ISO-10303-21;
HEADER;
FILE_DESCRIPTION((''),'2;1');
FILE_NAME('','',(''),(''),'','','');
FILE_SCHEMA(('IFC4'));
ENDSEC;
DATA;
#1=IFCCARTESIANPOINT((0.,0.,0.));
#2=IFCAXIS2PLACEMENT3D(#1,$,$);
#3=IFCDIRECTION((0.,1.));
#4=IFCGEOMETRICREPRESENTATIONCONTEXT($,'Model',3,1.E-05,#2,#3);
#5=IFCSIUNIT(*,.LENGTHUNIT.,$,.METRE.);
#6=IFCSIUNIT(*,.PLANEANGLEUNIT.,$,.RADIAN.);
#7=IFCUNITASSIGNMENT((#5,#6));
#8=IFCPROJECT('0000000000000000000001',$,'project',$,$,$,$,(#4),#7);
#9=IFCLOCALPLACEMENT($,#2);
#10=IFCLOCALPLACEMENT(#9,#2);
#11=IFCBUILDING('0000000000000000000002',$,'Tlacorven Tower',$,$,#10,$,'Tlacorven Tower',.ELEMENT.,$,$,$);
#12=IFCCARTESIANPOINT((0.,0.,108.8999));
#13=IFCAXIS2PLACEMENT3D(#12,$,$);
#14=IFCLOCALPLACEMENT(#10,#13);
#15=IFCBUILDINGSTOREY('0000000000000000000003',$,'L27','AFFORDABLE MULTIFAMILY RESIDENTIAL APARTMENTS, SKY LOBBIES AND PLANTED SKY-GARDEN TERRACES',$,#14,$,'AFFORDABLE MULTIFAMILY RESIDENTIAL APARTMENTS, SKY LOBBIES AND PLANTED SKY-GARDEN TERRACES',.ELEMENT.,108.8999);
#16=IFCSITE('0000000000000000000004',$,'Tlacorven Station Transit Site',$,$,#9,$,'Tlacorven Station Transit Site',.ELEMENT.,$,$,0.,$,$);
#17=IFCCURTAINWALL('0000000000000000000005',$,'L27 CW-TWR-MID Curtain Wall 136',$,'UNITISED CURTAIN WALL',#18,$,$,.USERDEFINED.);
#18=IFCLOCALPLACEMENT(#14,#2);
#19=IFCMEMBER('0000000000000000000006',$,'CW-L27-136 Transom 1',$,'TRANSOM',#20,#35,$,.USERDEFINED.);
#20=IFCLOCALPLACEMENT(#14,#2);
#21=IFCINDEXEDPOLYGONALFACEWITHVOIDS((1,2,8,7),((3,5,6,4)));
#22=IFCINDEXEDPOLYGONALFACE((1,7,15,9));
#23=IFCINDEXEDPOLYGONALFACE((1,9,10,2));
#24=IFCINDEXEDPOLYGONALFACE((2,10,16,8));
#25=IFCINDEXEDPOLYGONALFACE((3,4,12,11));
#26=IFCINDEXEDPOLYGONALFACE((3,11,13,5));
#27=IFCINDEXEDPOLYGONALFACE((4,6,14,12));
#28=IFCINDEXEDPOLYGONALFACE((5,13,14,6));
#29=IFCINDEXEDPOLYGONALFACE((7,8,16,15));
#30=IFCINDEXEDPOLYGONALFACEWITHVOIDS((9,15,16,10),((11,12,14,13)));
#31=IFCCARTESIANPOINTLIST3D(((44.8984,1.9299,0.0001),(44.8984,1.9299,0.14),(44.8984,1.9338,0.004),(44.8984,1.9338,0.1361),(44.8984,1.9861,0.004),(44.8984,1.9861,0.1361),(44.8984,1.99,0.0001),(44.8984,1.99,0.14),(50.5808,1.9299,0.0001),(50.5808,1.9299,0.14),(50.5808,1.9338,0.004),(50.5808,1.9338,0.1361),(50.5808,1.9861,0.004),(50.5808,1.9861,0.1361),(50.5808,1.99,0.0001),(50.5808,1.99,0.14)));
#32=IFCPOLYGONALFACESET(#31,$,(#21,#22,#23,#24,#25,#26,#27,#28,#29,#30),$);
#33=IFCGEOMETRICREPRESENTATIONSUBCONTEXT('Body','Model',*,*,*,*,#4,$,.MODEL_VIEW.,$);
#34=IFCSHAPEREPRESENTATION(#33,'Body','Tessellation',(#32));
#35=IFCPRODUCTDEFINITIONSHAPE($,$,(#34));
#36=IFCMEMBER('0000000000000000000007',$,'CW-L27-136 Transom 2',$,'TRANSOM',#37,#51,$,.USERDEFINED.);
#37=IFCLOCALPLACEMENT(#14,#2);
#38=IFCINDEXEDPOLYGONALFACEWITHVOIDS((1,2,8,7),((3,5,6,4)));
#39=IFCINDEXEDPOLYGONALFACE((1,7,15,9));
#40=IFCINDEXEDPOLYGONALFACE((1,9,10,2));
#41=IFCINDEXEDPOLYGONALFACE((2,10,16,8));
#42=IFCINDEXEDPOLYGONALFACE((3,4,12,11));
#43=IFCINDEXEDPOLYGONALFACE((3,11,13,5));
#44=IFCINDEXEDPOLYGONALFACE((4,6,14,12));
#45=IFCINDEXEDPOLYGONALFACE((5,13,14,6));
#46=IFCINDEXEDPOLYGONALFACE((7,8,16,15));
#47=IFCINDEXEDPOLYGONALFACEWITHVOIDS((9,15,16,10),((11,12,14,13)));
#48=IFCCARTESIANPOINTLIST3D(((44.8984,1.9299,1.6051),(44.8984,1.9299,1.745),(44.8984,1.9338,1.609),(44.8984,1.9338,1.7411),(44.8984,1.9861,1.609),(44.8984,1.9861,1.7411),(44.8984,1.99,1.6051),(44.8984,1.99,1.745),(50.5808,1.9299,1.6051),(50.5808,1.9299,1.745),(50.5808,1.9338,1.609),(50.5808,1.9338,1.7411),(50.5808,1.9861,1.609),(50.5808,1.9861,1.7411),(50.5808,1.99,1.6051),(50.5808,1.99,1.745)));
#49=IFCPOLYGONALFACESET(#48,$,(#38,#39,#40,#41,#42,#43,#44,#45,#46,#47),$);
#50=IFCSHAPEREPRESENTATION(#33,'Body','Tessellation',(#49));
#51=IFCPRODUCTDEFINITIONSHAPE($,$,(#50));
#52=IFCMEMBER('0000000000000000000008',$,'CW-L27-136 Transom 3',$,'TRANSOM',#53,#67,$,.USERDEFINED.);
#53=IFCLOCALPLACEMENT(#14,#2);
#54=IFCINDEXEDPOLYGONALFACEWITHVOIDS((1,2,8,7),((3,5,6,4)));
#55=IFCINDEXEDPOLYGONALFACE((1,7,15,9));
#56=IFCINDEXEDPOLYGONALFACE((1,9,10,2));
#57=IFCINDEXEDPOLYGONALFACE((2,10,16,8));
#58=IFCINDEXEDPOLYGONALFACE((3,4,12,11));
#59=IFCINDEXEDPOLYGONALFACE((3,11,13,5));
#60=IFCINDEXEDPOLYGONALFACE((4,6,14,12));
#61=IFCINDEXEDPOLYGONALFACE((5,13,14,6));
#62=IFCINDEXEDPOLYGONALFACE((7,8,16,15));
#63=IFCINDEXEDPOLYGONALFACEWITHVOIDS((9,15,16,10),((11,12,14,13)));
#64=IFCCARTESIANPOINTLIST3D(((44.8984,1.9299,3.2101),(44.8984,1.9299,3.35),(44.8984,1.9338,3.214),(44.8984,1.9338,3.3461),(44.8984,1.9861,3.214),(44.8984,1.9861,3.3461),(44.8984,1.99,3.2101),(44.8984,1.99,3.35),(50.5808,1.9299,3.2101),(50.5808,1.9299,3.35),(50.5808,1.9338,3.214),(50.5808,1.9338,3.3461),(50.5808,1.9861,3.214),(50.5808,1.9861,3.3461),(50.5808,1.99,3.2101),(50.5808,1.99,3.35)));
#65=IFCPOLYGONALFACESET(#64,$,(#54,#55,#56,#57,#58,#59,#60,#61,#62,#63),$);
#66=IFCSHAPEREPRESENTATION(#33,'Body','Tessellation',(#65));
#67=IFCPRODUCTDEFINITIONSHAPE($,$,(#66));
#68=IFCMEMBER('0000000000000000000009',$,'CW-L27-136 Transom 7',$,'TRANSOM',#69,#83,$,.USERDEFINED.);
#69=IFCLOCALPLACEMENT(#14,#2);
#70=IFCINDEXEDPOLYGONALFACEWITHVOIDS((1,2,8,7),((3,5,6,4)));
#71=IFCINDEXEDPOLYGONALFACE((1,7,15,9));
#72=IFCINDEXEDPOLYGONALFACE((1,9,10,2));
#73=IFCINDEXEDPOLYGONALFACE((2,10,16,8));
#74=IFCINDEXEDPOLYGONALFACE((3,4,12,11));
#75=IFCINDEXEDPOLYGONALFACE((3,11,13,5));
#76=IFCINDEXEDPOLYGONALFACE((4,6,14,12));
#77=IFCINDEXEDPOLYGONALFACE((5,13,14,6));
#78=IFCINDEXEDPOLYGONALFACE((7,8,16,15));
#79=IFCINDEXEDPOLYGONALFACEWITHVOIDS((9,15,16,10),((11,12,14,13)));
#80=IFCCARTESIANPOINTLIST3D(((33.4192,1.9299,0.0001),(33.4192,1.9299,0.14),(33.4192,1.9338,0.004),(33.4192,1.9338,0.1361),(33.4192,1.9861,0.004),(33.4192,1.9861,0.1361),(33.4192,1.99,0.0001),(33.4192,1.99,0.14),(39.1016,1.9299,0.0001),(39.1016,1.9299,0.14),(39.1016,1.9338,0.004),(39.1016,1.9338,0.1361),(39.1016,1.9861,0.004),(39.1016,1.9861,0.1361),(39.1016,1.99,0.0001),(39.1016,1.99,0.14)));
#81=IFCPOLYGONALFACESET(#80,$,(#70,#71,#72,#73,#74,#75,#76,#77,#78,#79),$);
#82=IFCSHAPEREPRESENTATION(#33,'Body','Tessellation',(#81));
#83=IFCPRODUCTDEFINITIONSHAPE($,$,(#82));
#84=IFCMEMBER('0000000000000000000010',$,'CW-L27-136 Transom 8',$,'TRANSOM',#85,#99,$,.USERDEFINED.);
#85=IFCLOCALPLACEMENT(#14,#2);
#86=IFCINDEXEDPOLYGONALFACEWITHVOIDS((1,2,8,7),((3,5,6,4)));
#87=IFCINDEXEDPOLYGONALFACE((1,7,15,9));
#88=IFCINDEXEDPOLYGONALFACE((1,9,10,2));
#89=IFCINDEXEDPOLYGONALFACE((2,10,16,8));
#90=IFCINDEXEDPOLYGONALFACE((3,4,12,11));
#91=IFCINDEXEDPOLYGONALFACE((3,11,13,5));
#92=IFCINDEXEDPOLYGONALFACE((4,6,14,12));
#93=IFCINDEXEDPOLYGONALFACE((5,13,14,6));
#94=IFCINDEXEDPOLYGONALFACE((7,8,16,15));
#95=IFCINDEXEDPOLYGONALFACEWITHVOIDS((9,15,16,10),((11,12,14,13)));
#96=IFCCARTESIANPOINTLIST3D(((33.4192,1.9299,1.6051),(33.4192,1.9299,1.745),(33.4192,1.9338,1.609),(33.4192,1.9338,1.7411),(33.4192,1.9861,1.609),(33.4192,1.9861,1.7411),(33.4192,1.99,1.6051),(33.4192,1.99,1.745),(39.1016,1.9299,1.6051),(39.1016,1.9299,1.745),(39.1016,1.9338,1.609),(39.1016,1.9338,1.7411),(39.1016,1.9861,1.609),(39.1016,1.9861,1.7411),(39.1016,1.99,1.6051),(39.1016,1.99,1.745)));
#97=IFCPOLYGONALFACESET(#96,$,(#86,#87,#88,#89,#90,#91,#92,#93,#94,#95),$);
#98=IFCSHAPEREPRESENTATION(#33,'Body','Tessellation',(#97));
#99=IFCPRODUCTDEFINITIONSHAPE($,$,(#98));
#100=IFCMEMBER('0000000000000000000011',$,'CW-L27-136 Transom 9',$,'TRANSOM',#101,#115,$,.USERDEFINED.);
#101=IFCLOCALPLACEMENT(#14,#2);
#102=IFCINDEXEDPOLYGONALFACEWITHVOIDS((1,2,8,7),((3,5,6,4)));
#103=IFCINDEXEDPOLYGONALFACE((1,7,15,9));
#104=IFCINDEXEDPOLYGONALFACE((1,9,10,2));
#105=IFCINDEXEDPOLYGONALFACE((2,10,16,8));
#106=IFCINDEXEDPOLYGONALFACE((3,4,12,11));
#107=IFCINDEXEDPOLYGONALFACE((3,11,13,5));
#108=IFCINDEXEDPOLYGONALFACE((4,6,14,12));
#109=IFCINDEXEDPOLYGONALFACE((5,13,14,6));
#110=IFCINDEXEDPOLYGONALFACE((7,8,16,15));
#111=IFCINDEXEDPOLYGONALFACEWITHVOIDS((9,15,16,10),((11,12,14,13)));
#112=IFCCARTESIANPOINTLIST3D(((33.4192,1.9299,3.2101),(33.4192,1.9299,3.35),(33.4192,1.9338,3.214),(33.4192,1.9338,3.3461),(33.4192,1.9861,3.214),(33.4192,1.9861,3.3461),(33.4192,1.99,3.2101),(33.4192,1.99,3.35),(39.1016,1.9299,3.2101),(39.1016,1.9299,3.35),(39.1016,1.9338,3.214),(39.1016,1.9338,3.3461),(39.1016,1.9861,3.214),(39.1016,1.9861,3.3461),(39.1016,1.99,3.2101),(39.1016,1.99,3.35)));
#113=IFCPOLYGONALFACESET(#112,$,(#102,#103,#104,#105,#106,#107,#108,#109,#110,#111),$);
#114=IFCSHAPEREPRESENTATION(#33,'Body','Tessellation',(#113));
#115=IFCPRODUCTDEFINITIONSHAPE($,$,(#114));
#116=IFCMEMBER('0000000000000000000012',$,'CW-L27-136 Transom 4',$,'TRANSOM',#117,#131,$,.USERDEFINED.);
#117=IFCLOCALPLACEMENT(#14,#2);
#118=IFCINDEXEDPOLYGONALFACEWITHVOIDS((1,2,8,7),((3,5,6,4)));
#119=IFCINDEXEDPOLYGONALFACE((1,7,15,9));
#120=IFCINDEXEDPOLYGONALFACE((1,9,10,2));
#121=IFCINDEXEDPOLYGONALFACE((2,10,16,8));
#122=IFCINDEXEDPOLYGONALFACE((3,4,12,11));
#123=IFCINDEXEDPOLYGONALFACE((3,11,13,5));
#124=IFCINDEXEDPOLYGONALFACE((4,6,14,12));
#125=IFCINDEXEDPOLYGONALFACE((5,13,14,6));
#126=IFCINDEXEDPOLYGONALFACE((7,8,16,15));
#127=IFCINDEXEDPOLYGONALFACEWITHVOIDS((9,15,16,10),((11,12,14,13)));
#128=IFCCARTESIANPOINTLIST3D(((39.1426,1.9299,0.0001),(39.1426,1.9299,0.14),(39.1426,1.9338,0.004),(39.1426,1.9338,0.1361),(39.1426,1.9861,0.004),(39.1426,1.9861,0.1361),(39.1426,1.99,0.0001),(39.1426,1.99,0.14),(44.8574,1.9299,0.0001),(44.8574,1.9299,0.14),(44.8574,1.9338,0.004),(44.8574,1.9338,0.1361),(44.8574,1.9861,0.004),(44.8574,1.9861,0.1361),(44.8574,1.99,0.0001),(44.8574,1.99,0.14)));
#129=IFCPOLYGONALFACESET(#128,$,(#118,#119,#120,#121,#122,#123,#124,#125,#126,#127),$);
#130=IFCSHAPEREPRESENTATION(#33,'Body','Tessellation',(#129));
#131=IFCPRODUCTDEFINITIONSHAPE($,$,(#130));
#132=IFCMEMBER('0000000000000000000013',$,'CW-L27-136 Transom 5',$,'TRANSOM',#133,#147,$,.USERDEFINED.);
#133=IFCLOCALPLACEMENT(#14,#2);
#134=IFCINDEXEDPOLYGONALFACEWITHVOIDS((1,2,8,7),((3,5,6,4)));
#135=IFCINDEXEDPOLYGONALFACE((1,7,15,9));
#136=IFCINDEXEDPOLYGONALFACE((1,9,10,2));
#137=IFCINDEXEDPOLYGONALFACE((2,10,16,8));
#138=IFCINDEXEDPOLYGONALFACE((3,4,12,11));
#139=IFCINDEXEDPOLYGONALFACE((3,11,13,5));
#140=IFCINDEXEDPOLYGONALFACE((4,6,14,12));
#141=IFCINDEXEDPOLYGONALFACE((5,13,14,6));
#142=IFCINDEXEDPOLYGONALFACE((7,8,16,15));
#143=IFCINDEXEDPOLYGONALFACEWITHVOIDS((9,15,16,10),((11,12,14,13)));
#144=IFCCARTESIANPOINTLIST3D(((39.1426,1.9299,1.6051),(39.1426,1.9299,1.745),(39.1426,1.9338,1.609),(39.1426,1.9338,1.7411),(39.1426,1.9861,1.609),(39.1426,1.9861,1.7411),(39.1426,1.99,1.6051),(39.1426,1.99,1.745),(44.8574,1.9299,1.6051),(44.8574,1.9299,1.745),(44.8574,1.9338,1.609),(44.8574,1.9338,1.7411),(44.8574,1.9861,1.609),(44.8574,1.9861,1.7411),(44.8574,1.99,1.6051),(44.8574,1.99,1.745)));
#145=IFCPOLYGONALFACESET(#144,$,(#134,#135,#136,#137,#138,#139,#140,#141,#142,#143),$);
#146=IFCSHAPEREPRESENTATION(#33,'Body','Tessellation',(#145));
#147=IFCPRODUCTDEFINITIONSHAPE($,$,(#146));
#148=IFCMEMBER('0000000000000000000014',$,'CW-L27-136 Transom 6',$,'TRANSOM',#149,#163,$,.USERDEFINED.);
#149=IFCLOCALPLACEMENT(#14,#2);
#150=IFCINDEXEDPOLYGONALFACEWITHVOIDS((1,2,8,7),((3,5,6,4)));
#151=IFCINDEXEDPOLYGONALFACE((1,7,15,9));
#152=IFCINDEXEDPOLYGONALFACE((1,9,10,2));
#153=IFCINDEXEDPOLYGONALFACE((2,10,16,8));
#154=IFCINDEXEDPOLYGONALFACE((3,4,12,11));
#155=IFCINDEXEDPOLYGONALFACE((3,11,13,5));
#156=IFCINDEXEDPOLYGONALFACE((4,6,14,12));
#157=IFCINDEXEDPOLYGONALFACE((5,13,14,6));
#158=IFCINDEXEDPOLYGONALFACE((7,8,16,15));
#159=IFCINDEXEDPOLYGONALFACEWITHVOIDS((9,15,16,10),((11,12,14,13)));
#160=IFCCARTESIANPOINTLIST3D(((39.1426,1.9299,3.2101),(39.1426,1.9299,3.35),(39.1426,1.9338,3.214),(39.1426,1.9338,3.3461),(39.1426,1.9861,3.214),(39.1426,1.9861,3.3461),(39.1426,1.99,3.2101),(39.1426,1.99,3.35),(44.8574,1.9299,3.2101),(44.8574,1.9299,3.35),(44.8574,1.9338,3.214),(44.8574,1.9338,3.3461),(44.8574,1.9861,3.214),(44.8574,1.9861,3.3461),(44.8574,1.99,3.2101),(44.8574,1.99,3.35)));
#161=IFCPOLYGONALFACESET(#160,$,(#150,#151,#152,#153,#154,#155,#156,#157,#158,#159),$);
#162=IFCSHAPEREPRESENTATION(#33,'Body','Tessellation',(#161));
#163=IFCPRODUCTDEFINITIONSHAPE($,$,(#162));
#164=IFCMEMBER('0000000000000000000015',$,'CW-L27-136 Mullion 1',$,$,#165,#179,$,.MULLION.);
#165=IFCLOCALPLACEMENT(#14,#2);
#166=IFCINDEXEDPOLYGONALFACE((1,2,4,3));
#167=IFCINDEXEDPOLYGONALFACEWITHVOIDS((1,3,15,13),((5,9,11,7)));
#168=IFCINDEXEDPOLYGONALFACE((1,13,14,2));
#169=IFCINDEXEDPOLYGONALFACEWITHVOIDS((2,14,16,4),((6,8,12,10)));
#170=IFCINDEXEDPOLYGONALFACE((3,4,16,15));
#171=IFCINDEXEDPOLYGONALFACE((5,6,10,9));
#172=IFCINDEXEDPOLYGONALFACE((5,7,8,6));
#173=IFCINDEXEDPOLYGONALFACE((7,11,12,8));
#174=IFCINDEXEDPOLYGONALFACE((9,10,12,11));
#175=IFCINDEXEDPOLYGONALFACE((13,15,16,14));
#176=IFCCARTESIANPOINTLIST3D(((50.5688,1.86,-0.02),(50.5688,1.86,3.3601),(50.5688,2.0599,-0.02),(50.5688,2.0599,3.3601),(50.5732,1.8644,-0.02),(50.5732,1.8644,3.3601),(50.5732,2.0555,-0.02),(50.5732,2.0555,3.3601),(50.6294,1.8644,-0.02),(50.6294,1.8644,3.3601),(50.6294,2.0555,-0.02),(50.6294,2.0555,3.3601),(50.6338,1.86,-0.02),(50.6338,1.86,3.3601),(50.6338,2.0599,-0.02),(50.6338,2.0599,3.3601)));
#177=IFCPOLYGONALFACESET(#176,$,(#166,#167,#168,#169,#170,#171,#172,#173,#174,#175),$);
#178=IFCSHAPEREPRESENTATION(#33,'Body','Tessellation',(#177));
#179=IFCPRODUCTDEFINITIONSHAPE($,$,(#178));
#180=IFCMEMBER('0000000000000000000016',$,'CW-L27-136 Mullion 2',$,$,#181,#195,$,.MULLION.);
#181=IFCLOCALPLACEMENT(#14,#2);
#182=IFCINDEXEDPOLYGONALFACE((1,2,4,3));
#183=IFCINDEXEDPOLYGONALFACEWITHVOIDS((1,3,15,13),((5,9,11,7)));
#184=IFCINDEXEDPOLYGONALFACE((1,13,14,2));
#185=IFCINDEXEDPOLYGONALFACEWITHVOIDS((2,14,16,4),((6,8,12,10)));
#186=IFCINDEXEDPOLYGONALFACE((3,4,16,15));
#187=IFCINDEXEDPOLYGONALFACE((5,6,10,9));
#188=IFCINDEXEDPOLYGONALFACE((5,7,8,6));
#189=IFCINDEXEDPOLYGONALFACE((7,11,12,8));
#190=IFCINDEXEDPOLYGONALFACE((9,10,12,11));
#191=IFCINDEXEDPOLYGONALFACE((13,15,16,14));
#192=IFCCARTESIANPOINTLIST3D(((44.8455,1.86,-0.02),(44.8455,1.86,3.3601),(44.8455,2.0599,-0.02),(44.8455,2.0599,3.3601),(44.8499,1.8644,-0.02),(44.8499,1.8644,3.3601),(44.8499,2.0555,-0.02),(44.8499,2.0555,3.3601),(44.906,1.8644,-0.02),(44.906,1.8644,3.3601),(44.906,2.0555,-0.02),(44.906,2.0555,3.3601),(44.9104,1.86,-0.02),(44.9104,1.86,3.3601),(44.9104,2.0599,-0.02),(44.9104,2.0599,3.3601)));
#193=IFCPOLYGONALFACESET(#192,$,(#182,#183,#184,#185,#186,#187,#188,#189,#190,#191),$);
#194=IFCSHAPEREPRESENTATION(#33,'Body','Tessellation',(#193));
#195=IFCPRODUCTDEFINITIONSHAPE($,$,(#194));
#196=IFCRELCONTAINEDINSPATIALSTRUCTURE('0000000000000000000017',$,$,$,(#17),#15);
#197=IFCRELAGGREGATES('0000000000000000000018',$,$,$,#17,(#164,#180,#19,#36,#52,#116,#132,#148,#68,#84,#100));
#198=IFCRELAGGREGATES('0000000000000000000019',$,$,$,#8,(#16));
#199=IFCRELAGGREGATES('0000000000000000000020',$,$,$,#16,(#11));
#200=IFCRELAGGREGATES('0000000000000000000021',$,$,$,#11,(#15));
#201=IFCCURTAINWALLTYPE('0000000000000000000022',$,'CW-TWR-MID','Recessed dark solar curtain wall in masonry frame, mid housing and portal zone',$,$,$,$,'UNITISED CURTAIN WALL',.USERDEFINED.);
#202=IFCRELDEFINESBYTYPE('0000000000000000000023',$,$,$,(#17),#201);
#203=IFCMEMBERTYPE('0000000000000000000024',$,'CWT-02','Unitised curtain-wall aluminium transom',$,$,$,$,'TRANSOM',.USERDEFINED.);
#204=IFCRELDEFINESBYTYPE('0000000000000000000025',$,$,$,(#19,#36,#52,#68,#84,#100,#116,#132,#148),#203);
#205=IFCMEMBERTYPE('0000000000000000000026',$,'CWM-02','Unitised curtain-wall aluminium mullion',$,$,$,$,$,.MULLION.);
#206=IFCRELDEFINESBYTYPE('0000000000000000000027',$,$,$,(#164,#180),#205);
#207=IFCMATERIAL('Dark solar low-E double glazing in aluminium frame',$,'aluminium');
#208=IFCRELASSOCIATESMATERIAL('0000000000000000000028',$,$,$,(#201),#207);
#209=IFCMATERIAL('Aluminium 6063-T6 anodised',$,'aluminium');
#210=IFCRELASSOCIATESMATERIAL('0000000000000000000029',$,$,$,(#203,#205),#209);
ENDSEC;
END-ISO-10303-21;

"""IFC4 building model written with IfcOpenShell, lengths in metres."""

from ifc_helpers import new_model, si_unit, direction, frame, origin, origin_2d, place, context, subcontext, project, spatial, hollow_rectangle, extrude, source, transform, mapped, material, material_profile, profile_set, type_object, element, aggregate, save


model = new_model("IFC4")

# Units and contexts
model_context = context("Model", 3, precision=1e-05, world=origin(), true_north=direction((0.0, 1.0)))
body_context = subcontext(model_context, "Body", "Model", "MODEL_VIEW")
ifc_project = project(units=[si_unit("LENGTHUNIT", "METRE"), si_unit("PLANEANGLEUNIT", "RADIAN")], contexts=[model_context])

# Site, building, storey
site_placement = place(None, origin())
site = spatial("IfcSite", under=ifc_project, at=site_placement, Name="Tlacorven Station Transit Site", LongName="Tlacorven Station Transit Site", CompositionType="ELEMENT", RefElevation=0.0)
building_placement = place(site_placement, origin())
building = spatial("IfcBuilding", under=site, at=building_placement, Name="Tlacorven Tower", LongName="Tlacorven Tower", CompositionType="ELEMENT")
storey_placement = place(building_placement, frame((0.0, 0.0, 108.8999)))
storey = spatial("IfcBuildingStorey", under=building, at=storey_placement, Name="L27", Description="AFFORDABLE MULTIFAMILY RESIDENTIAL APARTMENTS, SKY LOBBIES AND PLANTED SKY-GARDEN TERRACES", LongName="AFFORDABLE MULTIFAMILY RESIDENTIAL APARTMENTS, SKY LOBBIES AND PLANTED SKY-GARDEN TERRACES", CompositionType="ELEMENT", Elevation=108.8999)

# Curtain wall, members
ifc_material_1 = material(Name="Dark solar low-E double glazing in aluminium frame", Category="aluminium")
curtain_wall_type = type_object("IfcCurtainWallType", Name="CW-TWR-MID", Description="Recessed dark solar curtain wall in masonry frame, mid housing and portal zone", ElementType="UNITISED CURTAIN WALL", PredefinedType="USERDEFINED", material=ifc_material_1)
curtain_wall_placement = place(storey_placement, origin())
curtain_wall = element("IfcCurtainWall", 1, at=curtain_wall_placement, inside=storey, type_object=curtain_wall_type, Name="L27 CW-TWR-MID Curtain Wall 136", ObjectType="UNITISED CURTAIN WALL", PredefinedType="USERDEFINED")
ifc_material_2 = material(Name="Aluminium 6063-T6 anodised", Category="aluminium")
ifc_material_profile_1 = material_profile(ifc_material_2, hollow_rectangle(XDim=0.0601, YDim=0.1399, WallThickness=0.0039, at=origin_2d()), Name="ALU TRANSOM 60X140")
ifc_profile_set_1 = profile_set([ifc_material_profile_1], Name="Aluminium 6063-T6 anodised")
member_type_1 = type_object("IfcMemberType", Name="CWT-02", Description="Unitised curtain-wall aluminium transom", ElementType="TRANSOM", PredefinedType="USERDEFINED", material=ifc_profile_set_1)
shared_shape_1 = source(origin(), body_context, "Body", "SweptSolid", [
    extrude(hollow_rectangle(XDim=0.0601, YDim=0.1399, WallThickness=0.0039, at=origin_2d()), origin(), (0.0, 0.0, 1.0), 5.6824),
])
member_1_placement = place(storey_placement, frame((50.5808, 1.96, 0.0701), z_axis=(-1.0, 0.0, 0.0), x_axis=(0.0, -1.0, 0.0)))
member_1 = element("IfcMember", 2, at=member_1_placement, type_object=member_type_1, Name="CW-L27-136 Transom 1", ObjectType="TRANSOM", PredefinedType="USERDEFINED", context=body_context, shape_type="MappedRepresentation", body=[
    mapped(shared_shape_1, transform((0.0, 0.0, 0.0), scale=1.0)),
])
member_2_placement = place(storey_placement, frame((50.5808, 1.96, 1.675), z_axis=(-1.0, 0.0, 0.0), x_axis=(0.0, -1.0, 0.0)))
member_2 = element("IfcMember", 3, at=member_2_placement, type_object=member_type_1, Name="CW-L27-136 Transom 2", ObjectType="TRANSOM", PredefinedType="USERDEFINED", context=body_context, shape_type="MappedRepresentation", body=[
    mapped(shared_shape_1, transform((0.0, 0.0, 0.0), scale=1.0)),
])
member_3_placement = place(storey_placement, frame((50.5808, 1.96, 3.28), z_axis=(-1.0, 0.0, 0.0), x_axis=(0.0, -1.0, 0.0)))
member_3 = element("IfcMember", 4, at=member_3_placement, type_object=member_type_1, Name="CW-L27-136 Transom 3", ObjectType="TRANSOM", PredefinedType="USERDEFINED", context=body_context, shape_type="MappedRepresentation", body=[
    mapped(shared_shape_1, transform((0.0, 0.0, 0.0), scale=1.0)),
])
member_4_placement = place(storey_placement, frame((39.1016, 1.96, 0.0701), z_axis=(-1.0, 0.0, 0.0), x_axis=(0.0, -1.0, 0.0)))
member_4 = element("IfcMember", 5, at=member_4_placement, type_object=member_type_1, Name="CW-L27-136 Transom 7", ObjectType="TRANSOM", PredefinedType="USERDEFINED", context=body_context, shape_type="MappedRepresentation", body=[
    mapped(shared_shape_1, transform((0.0, 0.0, 0.0), scale=1.0)),
])
member_5_placement = place(storey_placement, frame((39.1016, 1.96, 1.675), z_axis=(-1.0, 0.0, 0.0), x_axis=(0.0, -1.0, 0.0)))
member_5 = element("IfcMember", 6, at=member_5_placement, type_object=member_type_1, Name="CW-L27-136 Transom 8", ObjectType="TRANSOM", PredefinedType="USERDEFINED", context=body_context, shape_type="MappedRepresentation", body=[
    mapped(shared_shape_1, transform((0.0, 0.0, 0.0), scale=1.0)),
])
member_6_placement = place(storey_placement, frame((39.1016, 1.96, 3.28), z_axis=(-1.0, 0.0, 0.0), x_axis=(0.0, -1.0, 0.0)))
member_6 = element("IfcMember", 7, at=member_6_placement, type_object=member_type_1, Name="CW-L27-136 Transom 9", ObjectType="TRANSOM", PredefinedType="USERDEFINED", context=body_context, shape_type="MappedRepresentation", body=[
    mapped(shared_shape_1, transform((0.0, 0.0, 0.0), scale=1.0)),
])
shared_shape_2 = source(origin(), body_context, "Body", "SweptSolid", [
    extrude(hollow_rectangle(XDim=0.0601, YDim=0.1399, WallThickness=0.0039, at=origin_2d()), origin(), (0.0, 0.0, 1.0), 5.7148),
])
member_7_placement = place(storey_placement, frame((44.8574, 1.96, 0.0701), z_axis=(-1.0, 0.0, 0.0), x_axis=(0.0, -1.0, 0.0)))
member_7 = element("IfcMember", 8, at=member_7_placement, type_object=member_type_1, Name="CW-L27-136 Transom 4", ObjectType="TRANSOM", PredefinedType="USERDEFINED", context=body_context, shape_type="MappedRepresentation", body=[
    mapped(shared_shape_2, transform((0.0, 0.0, 0.0), scale=1.0)),
])
member_8_placement = place(storey_placement, frame((44.8574, 1.96, 1.675), z_axis=(-1.0, 0.0, 0.0), x_axis=(0.0, -1.0, 0.0)))
member_8 = element("IfcMember", 9, at=member_8_placement, type_object=member_type_1, Name="CW-L27-136 Transom 5", ObjectType="TRANSOM", PredefinedType="USERDEFINED", context=body_context, shape_type="MappedRepresentation", body=[
    mapped(shared_shape_2, transform((0.0, 0.0, 0.0), scale=1.0)),
])
member_9_placement = place(storey_placement, frame((44.8574, 1.96, 3.28), z_axis=(-1.0, 0.0, 0.0), x_axis=(0.0, -1.0, 0.0)))
member_9 = element("IfcMember", 10, at=member_9_placement, type_object=member_type_1, Name="CW-L27-136 Transom 6", ObjectType="TRANSOM", PredefinedType="USERDEFINED", context=body_context, shape_type="MappedRepresentation", body=[
    mapped(shared_shape_2, transform((0.0, 0.0, 0.0), scale=1.0)),
])
ifc_material_profile_2 = material_profile(ifc_material_2, hollow_rectangle(XDim=0.0649, YDim=0.2, WallThickness=0.0044, at=origin_2d()), Name="ALU MULLION 65X200")
ifc_profile_set_2 = profile_set([ifc_material_profile_2], Name="Aluminium 6063-T6 anodised")
member_type_2 = type_object("IfcMemberType", Name="CWM-02", Description="Unitised curtain-wall aluminium mullion", PredefinedType="MULLION", material=ifc_profile_set_2)
shared_shape_3 = source(origin(), body_context, "Body", "SweptSolid", [
    extrude(hollow_rectangle(XDim=0.0649, YDim=0.2, WallThickness=0.0044, at=origin_2d()), origin(), (0.0, 0.0, 1.0), 3.3801),
])
member_10_placement = place(storey_placement, frame((50.6013, 1.96, -0.02), z_axis=(0.0, 0.0, 1.0), x_axis=(-1.0, 0.0, 0.0)))
member_10 = element("IfcMember", 11, at=member_10_placement, type_object=member_type_2, Name="CW-L27-136 Mullion 1", PredefinedType="MULLION", context=body_context, shape_type="MappedRepresentation", body=[
    mapped(shared_shape_3, transform((0.0, 0.0, 0.0), scale=1.0)),
])
member_11_placement = place(storey_placement, frame((44.8779, 1.96, -0.02), z_axis=(0.0, 0.0, 1.0), x_axis=(-1.0, 0.0, 0.0)))
member_11 = element("IfcMember", 12, at=member_11_placement, type_object=member_type_2, Name="CW-L27-136 Mullion 2", PredefinedType="MULLION", context=body_context, shape_type="MappedRepresentation", body=[
    mapped(shared_shape_3, transform((0.0, 0.0, 0.0), scale=1.0)),
])
aggregate(curtain_wall, [member_10, member_11, member_1, member_2, member_3, member_7, member_8, member_9, member_4, member_5, member_6])

save(model, "model.ifc")
